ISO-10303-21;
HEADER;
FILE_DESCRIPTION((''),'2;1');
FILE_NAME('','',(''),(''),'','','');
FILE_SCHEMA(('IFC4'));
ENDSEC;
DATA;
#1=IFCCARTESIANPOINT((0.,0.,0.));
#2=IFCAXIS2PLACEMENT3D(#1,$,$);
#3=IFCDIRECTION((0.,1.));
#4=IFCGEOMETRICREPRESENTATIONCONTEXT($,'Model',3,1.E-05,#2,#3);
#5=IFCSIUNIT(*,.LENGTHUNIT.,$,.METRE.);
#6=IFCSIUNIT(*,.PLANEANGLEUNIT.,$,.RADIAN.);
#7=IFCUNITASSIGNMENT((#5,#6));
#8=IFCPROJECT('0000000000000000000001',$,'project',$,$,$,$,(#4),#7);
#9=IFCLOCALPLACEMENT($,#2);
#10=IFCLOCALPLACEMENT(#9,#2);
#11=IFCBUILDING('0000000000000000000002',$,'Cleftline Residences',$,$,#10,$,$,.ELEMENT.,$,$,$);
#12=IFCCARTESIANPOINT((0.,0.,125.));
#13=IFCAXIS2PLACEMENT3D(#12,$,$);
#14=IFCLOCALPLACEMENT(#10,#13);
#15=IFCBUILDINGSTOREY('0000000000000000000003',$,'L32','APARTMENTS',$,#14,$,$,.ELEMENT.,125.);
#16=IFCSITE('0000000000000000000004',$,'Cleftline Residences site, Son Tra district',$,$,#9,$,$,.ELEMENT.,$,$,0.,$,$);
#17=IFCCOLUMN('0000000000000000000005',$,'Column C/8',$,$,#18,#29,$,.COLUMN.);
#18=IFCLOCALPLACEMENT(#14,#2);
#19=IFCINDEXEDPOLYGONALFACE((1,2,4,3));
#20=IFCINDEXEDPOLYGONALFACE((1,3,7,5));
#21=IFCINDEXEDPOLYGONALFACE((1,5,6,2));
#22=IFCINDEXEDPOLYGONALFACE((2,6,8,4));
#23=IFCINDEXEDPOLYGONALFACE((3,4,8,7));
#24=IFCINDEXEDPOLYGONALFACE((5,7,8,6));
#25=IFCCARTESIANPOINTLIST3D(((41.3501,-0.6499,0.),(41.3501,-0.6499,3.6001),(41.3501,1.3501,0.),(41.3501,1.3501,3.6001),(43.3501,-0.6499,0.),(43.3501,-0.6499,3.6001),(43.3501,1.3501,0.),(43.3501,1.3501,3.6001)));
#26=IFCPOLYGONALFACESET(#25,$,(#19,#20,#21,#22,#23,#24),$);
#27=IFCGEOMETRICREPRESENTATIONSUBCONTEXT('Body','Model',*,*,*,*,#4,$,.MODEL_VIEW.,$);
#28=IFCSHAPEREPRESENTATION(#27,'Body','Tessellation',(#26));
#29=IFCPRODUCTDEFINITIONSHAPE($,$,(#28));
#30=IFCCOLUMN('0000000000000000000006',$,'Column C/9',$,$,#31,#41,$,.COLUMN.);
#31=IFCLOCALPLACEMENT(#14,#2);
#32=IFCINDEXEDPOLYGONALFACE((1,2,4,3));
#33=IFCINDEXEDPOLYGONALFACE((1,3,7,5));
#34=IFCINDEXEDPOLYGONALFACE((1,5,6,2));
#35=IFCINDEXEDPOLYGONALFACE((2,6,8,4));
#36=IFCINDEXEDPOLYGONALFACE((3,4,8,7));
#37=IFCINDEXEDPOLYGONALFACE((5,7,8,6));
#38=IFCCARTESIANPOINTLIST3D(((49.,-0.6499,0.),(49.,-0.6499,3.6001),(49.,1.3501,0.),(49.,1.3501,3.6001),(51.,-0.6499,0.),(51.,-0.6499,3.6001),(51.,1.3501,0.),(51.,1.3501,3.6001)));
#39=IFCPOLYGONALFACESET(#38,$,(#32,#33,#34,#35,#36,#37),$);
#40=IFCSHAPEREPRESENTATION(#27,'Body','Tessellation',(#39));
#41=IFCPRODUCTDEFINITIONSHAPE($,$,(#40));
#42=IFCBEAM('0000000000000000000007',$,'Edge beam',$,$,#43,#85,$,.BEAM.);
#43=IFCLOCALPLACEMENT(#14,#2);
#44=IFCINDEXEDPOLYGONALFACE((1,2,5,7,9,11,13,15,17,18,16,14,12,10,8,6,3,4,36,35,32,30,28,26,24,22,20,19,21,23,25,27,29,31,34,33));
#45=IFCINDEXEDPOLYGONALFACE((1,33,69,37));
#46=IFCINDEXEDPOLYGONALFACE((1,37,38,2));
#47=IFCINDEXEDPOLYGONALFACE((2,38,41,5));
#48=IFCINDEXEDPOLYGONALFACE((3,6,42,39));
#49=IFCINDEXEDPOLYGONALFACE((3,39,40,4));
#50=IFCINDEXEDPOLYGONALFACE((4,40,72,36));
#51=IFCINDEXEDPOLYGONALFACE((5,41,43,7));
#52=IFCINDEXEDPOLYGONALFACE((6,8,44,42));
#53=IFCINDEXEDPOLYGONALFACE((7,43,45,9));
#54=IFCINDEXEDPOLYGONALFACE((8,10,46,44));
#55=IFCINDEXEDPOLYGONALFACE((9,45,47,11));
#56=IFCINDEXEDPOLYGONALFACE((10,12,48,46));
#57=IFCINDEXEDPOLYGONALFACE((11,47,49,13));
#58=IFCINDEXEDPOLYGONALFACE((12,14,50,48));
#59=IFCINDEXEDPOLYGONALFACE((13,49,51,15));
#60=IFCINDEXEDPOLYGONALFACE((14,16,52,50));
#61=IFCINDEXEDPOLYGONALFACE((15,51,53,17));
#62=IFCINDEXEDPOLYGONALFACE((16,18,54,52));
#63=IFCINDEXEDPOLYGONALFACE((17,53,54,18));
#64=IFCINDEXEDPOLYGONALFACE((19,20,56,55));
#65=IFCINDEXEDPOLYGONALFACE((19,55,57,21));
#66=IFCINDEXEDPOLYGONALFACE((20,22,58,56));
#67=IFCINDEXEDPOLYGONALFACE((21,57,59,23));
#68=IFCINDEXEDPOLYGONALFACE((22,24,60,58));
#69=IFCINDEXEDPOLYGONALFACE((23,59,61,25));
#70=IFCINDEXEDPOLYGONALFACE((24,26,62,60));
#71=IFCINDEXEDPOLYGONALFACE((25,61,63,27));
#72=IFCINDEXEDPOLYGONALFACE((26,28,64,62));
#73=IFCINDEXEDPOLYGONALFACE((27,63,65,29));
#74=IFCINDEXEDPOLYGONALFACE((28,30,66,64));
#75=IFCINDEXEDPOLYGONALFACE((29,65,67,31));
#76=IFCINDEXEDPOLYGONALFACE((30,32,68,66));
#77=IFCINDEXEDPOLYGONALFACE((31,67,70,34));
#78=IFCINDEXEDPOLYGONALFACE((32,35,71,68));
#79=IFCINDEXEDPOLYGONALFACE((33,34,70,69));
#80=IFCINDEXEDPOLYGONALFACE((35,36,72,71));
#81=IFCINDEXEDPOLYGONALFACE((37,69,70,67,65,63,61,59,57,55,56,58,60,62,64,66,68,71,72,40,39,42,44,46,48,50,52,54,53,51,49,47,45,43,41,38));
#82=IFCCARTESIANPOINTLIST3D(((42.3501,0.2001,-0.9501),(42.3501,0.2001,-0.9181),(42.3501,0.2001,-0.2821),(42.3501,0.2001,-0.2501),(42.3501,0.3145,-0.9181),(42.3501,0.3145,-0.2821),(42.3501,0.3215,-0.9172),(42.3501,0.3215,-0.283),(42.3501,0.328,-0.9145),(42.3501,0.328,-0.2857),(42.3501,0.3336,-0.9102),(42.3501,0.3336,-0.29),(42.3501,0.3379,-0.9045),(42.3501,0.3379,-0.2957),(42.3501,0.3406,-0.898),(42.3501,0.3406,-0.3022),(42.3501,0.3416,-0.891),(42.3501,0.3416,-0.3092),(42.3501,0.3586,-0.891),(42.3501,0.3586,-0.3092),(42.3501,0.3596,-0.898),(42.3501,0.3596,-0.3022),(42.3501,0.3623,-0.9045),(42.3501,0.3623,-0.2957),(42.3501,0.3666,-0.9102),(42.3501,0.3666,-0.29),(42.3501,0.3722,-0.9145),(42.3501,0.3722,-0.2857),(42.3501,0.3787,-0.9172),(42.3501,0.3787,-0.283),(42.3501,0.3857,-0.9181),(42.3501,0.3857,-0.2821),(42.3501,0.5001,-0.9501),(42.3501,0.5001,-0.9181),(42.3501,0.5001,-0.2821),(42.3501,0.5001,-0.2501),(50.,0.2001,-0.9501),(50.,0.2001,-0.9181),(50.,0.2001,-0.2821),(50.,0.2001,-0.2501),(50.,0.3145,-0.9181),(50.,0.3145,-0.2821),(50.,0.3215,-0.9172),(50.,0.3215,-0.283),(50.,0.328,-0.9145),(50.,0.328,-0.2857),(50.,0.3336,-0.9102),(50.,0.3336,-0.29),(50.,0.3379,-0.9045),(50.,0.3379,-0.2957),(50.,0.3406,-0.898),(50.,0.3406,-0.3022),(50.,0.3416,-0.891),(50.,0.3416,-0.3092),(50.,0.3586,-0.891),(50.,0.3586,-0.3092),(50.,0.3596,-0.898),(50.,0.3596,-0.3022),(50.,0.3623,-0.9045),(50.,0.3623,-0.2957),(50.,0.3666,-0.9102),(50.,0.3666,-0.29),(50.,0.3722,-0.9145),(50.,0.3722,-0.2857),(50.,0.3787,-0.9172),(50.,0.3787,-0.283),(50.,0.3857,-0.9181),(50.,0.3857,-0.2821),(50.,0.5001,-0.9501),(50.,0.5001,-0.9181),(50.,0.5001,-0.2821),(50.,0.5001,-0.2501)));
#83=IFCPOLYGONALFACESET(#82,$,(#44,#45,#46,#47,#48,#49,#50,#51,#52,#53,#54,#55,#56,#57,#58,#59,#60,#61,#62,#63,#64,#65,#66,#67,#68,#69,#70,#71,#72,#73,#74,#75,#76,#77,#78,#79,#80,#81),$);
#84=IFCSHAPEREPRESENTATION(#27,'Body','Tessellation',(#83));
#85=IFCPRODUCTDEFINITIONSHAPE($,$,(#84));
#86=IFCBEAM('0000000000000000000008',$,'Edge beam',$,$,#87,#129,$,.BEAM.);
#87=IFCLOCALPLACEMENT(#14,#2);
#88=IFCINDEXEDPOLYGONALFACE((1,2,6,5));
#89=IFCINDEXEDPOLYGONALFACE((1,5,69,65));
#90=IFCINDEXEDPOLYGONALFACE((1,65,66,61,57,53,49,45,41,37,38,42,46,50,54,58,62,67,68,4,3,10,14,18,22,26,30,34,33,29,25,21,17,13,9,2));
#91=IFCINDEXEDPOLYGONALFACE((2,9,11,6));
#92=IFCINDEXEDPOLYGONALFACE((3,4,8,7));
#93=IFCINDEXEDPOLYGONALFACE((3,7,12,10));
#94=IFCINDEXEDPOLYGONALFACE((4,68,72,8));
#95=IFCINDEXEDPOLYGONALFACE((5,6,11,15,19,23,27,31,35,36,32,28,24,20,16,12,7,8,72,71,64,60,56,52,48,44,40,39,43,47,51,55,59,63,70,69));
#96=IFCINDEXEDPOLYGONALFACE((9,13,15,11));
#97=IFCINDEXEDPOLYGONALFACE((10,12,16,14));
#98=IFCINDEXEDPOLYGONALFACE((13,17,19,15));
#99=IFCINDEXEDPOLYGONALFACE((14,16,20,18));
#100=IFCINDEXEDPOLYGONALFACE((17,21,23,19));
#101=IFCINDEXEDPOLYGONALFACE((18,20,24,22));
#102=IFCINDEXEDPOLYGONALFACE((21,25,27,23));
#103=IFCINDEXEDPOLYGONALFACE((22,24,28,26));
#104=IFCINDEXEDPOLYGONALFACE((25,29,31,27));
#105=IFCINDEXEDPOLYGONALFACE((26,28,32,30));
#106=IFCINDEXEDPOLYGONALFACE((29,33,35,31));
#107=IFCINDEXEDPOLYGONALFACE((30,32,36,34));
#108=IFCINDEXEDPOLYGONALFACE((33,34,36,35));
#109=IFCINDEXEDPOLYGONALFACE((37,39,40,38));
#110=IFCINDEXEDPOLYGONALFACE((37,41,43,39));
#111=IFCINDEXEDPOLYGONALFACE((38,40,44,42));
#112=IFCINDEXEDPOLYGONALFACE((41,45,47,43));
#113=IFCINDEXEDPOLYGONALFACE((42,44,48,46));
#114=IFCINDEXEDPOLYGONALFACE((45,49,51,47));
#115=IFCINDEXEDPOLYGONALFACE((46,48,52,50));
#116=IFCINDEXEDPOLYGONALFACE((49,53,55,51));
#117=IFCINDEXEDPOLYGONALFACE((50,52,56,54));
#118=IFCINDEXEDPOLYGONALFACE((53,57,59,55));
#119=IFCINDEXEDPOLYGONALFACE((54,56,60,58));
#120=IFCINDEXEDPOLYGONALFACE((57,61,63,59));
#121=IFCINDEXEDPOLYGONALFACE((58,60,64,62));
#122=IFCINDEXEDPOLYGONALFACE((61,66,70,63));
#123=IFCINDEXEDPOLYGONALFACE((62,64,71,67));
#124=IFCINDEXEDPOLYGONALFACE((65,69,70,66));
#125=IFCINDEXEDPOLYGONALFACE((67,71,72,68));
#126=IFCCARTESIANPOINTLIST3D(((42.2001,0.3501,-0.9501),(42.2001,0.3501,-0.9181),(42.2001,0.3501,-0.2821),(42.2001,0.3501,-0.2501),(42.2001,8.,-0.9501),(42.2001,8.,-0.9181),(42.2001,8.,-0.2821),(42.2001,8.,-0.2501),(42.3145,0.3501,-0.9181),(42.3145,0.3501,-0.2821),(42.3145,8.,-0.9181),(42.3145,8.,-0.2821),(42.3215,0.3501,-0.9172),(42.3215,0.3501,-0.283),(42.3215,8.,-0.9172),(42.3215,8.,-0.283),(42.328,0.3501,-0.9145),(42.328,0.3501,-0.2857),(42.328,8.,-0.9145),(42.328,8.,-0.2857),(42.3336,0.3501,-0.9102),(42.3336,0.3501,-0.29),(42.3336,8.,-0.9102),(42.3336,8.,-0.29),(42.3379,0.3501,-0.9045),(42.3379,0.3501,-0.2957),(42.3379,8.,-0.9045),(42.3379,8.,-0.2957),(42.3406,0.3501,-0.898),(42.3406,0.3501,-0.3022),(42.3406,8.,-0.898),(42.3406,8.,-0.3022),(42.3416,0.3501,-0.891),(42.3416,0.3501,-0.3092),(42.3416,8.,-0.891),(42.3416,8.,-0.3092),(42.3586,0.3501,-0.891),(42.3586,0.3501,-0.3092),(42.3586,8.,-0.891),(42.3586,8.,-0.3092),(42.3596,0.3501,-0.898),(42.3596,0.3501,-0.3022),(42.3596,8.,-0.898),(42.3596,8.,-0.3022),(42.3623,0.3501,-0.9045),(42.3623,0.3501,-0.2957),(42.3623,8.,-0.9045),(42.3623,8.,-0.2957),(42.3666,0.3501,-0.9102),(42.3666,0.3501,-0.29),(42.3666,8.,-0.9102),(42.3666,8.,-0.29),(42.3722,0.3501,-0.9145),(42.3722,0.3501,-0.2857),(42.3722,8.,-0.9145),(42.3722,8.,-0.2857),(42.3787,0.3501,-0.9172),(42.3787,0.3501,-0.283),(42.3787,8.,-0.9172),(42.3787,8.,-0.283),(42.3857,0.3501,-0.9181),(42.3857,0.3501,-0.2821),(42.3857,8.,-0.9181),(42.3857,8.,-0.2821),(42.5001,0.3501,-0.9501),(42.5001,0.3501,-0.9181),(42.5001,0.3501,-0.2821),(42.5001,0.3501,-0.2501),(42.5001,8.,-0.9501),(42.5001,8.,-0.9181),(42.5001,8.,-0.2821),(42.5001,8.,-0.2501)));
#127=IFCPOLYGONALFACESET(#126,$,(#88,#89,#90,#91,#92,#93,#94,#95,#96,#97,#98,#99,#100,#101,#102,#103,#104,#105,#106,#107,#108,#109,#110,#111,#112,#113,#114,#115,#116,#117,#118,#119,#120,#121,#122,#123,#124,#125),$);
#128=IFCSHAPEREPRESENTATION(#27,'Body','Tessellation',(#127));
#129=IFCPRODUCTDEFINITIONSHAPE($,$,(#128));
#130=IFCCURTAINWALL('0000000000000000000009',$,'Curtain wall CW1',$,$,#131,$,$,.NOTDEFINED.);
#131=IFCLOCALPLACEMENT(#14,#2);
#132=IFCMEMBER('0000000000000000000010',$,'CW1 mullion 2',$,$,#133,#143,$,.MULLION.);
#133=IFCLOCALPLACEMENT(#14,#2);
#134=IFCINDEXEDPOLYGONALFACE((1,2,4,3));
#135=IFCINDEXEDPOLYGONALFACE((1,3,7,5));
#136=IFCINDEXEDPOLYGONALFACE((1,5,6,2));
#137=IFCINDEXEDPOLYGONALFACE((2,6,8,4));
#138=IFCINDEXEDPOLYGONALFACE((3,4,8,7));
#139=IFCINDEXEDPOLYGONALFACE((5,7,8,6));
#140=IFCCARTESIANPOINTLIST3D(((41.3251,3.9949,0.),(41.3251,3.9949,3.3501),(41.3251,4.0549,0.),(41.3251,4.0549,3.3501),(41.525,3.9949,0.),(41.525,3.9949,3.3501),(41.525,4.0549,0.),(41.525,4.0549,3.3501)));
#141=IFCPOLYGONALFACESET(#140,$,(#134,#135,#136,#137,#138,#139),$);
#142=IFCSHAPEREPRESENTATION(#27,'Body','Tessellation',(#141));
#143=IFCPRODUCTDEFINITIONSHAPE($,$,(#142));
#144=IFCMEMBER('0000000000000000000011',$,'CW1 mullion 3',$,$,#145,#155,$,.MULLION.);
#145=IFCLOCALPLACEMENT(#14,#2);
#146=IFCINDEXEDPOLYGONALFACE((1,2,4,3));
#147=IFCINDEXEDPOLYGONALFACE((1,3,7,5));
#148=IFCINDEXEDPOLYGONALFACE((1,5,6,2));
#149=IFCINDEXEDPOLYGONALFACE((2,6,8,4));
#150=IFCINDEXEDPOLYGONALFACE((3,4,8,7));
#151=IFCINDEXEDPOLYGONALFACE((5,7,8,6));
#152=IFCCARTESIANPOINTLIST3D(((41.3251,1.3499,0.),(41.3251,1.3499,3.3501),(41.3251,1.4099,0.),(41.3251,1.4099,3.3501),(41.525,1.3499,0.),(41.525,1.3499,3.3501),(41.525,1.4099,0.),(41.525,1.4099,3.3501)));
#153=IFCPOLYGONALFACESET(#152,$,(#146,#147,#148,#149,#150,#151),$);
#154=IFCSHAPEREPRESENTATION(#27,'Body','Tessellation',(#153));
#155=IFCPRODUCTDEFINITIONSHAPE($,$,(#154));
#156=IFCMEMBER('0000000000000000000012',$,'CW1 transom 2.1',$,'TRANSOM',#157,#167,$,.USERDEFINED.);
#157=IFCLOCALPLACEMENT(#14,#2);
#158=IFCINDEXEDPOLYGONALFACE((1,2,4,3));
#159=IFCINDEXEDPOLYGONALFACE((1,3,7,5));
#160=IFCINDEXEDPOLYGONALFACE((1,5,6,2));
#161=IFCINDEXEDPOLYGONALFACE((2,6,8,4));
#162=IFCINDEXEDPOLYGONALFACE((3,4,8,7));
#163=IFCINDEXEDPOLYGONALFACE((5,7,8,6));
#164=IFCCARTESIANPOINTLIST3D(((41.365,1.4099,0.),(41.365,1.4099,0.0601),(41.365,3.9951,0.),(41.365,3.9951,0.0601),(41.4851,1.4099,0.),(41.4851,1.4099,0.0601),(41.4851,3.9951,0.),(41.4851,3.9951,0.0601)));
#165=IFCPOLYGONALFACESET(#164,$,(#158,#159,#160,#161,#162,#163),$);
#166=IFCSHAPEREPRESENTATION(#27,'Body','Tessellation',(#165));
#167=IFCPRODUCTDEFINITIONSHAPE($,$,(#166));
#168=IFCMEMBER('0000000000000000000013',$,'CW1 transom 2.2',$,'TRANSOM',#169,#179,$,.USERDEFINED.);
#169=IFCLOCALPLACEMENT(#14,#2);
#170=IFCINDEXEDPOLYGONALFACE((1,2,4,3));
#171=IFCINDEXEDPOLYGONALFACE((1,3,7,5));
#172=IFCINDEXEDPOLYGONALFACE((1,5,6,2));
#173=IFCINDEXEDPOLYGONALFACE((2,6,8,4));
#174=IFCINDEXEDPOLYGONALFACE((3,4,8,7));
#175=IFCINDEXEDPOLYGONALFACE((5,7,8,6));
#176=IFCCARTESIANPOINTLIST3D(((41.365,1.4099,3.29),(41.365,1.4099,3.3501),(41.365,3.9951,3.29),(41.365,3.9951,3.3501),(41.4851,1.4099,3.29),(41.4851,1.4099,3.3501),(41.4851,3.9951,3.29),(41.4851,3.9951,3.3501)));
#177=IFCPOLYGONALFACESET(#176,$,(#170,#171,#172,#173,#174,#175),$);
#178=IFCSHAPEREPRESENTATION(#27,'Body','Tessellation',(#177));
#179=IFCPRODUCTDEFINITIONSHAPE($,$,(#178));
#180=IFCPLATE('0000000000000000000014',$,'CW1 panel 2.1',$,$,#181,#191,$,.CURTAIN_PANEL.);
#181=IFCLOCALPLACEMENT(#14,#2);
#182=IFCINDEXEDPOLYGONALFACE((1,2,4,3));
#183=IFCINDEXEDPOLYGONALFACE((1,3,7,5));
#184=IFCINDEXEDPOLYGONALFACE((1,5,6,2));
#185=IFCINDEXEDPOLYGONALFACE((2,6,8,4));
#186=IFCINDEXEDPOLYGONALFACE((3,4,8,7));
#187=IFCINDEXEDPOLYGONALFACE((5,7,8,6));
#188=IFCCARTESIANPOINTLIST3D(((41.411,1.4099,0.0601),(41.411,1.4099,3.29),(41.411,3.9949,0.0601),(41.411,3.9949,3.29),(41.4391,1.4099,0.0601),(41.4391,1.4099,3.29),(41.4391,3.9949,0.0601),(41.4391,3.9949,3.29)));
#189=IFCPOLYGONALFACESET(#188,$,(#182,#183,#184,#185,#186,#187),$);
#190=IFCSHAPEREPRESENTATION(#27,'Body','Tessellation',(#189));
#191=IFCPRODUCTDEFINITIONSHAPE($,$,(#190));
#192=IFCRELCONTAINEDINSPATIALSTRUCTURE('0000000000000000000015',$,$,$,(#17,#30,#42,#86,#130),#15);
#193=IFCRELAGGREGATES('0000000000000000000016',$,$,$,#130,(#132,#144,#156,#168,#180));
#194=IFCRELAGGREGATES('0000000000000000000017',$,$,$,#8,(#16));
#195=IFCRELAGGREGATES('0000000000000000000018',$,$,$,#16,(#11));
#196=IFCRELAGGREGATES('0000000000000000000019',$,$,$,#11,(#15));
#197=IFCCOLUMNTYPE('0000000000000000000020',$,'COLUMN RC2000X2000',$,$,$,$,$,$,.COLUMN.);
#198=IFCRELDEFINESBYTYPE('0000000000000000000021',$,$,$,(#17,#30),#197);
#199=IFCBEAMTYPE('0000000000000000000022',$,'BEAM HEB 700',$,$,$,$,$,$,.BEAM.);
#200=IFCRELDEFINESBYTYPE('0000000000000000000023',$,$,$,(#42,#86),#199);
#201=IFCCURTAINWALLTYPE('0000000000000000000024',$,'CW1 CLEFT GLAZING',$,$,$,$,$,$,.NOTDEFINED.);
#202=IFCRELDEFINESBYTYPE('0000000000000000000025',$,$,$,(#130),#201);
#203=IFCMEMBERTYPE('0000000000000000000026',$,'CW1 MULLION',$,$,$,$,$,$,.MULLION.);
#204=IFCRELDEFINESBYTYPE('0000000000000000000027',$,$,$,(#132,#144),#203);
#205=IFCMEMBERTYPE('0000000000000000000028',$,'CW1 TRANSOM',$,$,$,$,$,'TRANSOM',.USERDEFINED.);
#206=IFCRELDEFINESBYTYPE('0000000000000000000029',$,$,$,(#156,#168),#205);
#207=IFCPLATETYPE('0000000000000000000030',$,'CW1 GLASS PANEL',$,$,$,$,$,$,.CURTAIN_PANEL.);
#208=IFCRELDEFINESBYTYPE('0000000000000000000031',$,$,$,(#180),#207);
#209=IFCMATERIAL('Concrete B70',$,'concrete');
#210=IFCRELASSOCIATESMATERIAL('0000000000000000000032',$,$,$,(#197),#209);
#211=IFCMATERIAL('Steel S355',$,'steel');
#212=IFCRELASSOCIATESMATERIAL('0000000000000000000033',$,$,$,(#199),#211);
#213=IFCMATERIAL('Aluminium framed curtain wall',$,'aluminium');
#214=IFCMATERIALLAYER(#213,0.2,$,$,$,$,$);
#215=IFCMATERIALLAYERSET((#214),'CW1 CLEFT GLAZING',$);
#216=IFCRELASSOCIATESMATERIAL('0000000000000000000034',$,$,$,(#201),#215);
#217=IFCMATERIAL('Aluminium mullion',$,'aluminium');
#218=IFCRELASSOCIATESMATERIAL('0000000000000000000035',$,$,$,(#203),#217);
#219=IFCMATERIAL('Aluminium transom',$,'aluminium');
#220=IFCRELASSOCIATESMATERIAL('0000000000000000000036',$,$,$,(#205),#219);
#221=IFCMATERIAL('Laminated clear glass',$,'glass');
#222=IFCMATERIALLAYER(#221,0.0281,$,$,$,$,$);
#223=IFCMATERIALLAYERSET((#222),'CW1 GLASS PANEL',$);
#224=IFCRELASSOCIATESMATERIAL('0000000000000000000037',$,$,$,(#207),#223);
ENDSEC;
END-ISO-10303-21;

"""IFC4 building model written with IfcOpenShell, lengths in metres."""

from ifc_helpers import new_model, si_unit, direction, frame, origin, origin_2d, place, context, subcontext, project, spatial, rectangle, i_section, extrude, material, layer, layer_set, material_profile, profile_set, type_object, element, aggregate, save


model = new_model("IFC4")

# Units and contexts
model_context = context("Model", 3, precision=1e-05, world=origin(), true_north=direction((0.0, 1.0)))
body_context = subcontext(model_context, "Body", "Model", "MODEL_VIEW")
ifc_project = project(units=[si_unit("LENGTHUNIT", "METRE"), si_unit("PLANEANGLEUNIT", "RADIAN")], contexts=[model_context])

# Site, building, storey
site_placement = place(None, origin())
site = spatial("IfcSite", under=ifc_project, at=site_placement, Name="Cleftline Residences site, Son Tra district", CompositionType="ELEMENT", RefElevation=0.0)
building_placement = place(site_placement, origin())
building = spatial("IfcBuilding", under=site, at=building_placement, Name="Cleftline Residences", CompositionType="ELEMENT")
storey_placement = place(building_placement, frame((0.0, 0.0, 125.0)))
storey = spatial("IfcBuildingStorey", under=building, at=storey_placement, Name="L32", Description="APARTMENTS", CompositionType="ELEMENT", Elevation=125.0)

# Columns
ifc_material_1 = material(Name="Concrete B70", Category="concrete")
ifc_material_profile_1 = material_profile(ifc_material_1, rectangle(XDim=2.0, YDim=2.0, at=origin_2d()))
ifc_profile_set_1 = profile_set([ifc_material_profile_1], Name="Concrete B70")
column_type = type_object("IfcColumnType", Name="COLUMN RC2000X2000", PredefinedType="COLUMN", material=ifc_profile_set_1)
for number, where, z_axis, x_axis, name in (
    (1, (42.3501, 0.3501, 0.0), (0.0, 0.0, 1.0), (1.0, 0.0, 0.0), "Column C/8"),
    (2, (50.0, 0.3501, 0.0), (0.0, 0.0, 1.0), (1.0, 0.0, 0.0), "Column C/9"),
):
    element("IfcColumn", number, at=place(storey_placement, frame(where, z_axis=z_axis, x_axis=x_axis)), inside=storey, type_object=column_type, Name=name, PredefinedType="COLUMN", context=body_context, shape_type="SweptSolid", body=[
        extrude(rectangle(XDim=2.0, YDim=2.0, at=origin_2d()), origin(), (0.0, 0.0, 1.0), 3.6001),
    ])

# Beams
ifc_material_2 = material(Name="Steel S355", Category="steel")
ifc_material_profile_2 = material_profile(ifc_material_2, i_section(OverallWidth=0.3, OverallDepth=0.7, WebThickness=0.0171, FlangeThickness=0.032, FilletRadius=0.0271, at=origin_2d()))
ifc_profile_set_2 = profile_set([ifc_material_profile_2], Name="Steel S355")
beam_type = type_object("IfcBeamType", Name="BEAM HEB 700", PredefinedType="BEAM", material=ifc_profile_set_2)
for number, where, z_axis, x_axis, name in (
    (3, (50.0, 0.3501, -0.6001), (-1.0, 0.0, 0.0), (0.0, -1.0, 0.0), "Edge beam"),
    (4, (42.3501, 0.3501, -0.6001), (0.0, 1.0, 0.0), (-1.0, 0.0, 0.0), "Edge beam"),
):
    element("IfcBeam", number, at=place(storey_placement, frame(where, z_axis=z_axis, x_axis=x_axis)), inside=storey, type_object=beam_type, Name=name, PredefinedType="BEAM", context=body_context, shape_type="SweptSolid", body=[
        extrude(i_section(OverallWidth=0.3, OverallDepth=0.7, WebThickness=0.0171, FlangeThickness=0.032, FilletRadius=0.0271, at=origin_2d()), origin(), (0.0, 0.0, 1.0), 7.6499),
    ])

# Curtain wall, members, plate
ifc_material_3 = material(Name="Aluminium framed curtain wall", Category="aluminium")
ifc_layer_1 = layer(ifc_material_3, 0.2)
ifc_layer_set_1 = layer_set([ifc_layer_1], Name="CW1 CLEFT GLAZING")
curtain_wall_type = type_object("IfcCurtainWallType", Name="CW1 CLEFT GLAZING", PredefinedType="NOTDEFINED", material=ifc_layer_set_1)
curtain_wall_placement = place(storey_placement, origin())
curtain_wall = element("IfcCurtainWall", 5, at=curtain_wall_placement, inside=storey, type_object=curtain_wall_type, Name="Curtain wall CW1", PredefinedType="NOTDEFINED")
ifc_material_4 = material(Name="Aluminium mullion", Category="aluminium")
ifc_material_profile_3 = material_profile(ifc_material_4, rectangle(XDim=0.2, YDim=0.0601, at=origin_2d()))
ifc_profile_set_3 = profile_set([ifc_material_profile_3], Name="Aluminium mullion")
member_type_1 = type_object("IfcMemberType", Name="CW1 MULLION", PredefinedType="MULLION", material=ifc_profile_set_3)
member_1_placement = place(storey_placement, frame((41.425, 4.0249, 0.0), z_axis=(0.0, 0.0, 1.0), x_axis=(1.0, 0.0, 0.0)))
member_1 = element("IfcMember", 6, at=member_1_placement, type_object=member_type_1, Name="CW1 mullion 2", PredefinedType="MULLION", context=body_context, shape_type="SweptSolid", body=[
    extrude(rectangle(XDim=0.2, YDim=0.0601, at=origin_2d()), origin(), (0.0, 0.0, 1.0), 3.3501),
])
member_2_placement = place(storey_placement, frame((41.425, 1.3799, 0.0), z_axis=(0.0, 0.0, 1.0), x_axis=(1.0, 0.0, 0.0)))
member_2 = element("IfcMember", 7, at=member_2_placement, type_object=member_type_1, Name="CW1 mullion 3", PredefinedType="MULLION", context=body_context, shape_type="SweptSolid", body=[
    extrude(rectangle(XDim=0.2, YDim=0.0601, at=origin_2d()), origin(), (0.0, 0.0, 1.0), 3.3501),
])
ifc_material_5 = material(Name="Aluminium transom", Category="aluminium")
ifc_material_profile_4 = material_profile(ifc_material_5, rectangle(XDim=0.1201, YDim=0.0601, at=origin_2d()))
ifc_profile_set_4 = profile_set([ifc_material_profile_4], Name="Aluminium transom")
member_type_2 = type_object("IfcMemberType", Name="CW1 TRANSOM", ElementType="TRANSOM", PredefinedType="USERDEFINED", material=ifc_profile_set_4)
member_3_placement = place(storey_placement, frame((41.425, 3.9951, 0.03), z_axis=(0.0, -1.0, 0.0), x_axis=(1.0, 0.0, 0.0)))
member_3 = element("IfcMember", 8, at=member_3_placement, type_object=member_type_2, Name="CW1 transom 2.1", ObjectType="TRANSOM", PredefinedType="USERDEFINED", context=body_context, shape_type="SweptSolid", body=[
    extrude(rectangle(XDim=0.1201, YDim=0.0601, at=origin_2d()), origin(), (0.0, 0.0, 1.0), 2.5852),
])
member_4_placement = place(storey_placement, frame((41.425, 3.9951, 3.3201), z_axis=(0.0, -1.0, 0.0), x_axis=(1.0, 0.0, 0.0)))
member_4 = element("IfcMember", 9, at=member_4_placement, type_object=member_type_2, Name="CW1 transom 2.2", ObjectType="TRANSOM", PredefinedType="USERDEFINED", context=body_context, shape_type="SweptSolid", body=[
    extrude(rectangle(XDim=0.1201, YDim=0.0601, at=origin_2d()), origin(), (0.0, 0.0, 1.0), 2.5852),
])
ifc_material_6 = material(Name="Laminated clear glass", Category="glass")
ifc_layer_2 = layer(ifc_material_6, 0.0281)
ifc_layer_set_2 = layer_set([ifc_layer_2], Name="CW1 GLASS PANEL")
plate_type = type_object("IfcPlateType", Name="CW1 GLASS PANEL", PredefinedType="CURTAIN_PANEL", material=ifc_layer_set_2)
plate_placement = place(storey_placement, frame((41.425, 2.7024, 0.0601), z_axis=(0.0, 0.0, 1.0), x_axis=(0.0, -1.0, 0.0)))
plate = element("IfcPlate", 10, at=plate_placement, type_object=plate_type, Name="CW1 panel 2.1", PredefinedType="CURTAIN_PANEL", context=body_context, shape_type="SweptSolid", body=[
    extrude(rectangle(XDim=2.585, YDim=0.0281, at=origin_2d()), origin(), (0.0, 0.0, 1.0), 3.23),
])
aggregate(curtain_wall, [member_1, member_2, member_3, member_4, plate])

save(model, "model.ifc")
